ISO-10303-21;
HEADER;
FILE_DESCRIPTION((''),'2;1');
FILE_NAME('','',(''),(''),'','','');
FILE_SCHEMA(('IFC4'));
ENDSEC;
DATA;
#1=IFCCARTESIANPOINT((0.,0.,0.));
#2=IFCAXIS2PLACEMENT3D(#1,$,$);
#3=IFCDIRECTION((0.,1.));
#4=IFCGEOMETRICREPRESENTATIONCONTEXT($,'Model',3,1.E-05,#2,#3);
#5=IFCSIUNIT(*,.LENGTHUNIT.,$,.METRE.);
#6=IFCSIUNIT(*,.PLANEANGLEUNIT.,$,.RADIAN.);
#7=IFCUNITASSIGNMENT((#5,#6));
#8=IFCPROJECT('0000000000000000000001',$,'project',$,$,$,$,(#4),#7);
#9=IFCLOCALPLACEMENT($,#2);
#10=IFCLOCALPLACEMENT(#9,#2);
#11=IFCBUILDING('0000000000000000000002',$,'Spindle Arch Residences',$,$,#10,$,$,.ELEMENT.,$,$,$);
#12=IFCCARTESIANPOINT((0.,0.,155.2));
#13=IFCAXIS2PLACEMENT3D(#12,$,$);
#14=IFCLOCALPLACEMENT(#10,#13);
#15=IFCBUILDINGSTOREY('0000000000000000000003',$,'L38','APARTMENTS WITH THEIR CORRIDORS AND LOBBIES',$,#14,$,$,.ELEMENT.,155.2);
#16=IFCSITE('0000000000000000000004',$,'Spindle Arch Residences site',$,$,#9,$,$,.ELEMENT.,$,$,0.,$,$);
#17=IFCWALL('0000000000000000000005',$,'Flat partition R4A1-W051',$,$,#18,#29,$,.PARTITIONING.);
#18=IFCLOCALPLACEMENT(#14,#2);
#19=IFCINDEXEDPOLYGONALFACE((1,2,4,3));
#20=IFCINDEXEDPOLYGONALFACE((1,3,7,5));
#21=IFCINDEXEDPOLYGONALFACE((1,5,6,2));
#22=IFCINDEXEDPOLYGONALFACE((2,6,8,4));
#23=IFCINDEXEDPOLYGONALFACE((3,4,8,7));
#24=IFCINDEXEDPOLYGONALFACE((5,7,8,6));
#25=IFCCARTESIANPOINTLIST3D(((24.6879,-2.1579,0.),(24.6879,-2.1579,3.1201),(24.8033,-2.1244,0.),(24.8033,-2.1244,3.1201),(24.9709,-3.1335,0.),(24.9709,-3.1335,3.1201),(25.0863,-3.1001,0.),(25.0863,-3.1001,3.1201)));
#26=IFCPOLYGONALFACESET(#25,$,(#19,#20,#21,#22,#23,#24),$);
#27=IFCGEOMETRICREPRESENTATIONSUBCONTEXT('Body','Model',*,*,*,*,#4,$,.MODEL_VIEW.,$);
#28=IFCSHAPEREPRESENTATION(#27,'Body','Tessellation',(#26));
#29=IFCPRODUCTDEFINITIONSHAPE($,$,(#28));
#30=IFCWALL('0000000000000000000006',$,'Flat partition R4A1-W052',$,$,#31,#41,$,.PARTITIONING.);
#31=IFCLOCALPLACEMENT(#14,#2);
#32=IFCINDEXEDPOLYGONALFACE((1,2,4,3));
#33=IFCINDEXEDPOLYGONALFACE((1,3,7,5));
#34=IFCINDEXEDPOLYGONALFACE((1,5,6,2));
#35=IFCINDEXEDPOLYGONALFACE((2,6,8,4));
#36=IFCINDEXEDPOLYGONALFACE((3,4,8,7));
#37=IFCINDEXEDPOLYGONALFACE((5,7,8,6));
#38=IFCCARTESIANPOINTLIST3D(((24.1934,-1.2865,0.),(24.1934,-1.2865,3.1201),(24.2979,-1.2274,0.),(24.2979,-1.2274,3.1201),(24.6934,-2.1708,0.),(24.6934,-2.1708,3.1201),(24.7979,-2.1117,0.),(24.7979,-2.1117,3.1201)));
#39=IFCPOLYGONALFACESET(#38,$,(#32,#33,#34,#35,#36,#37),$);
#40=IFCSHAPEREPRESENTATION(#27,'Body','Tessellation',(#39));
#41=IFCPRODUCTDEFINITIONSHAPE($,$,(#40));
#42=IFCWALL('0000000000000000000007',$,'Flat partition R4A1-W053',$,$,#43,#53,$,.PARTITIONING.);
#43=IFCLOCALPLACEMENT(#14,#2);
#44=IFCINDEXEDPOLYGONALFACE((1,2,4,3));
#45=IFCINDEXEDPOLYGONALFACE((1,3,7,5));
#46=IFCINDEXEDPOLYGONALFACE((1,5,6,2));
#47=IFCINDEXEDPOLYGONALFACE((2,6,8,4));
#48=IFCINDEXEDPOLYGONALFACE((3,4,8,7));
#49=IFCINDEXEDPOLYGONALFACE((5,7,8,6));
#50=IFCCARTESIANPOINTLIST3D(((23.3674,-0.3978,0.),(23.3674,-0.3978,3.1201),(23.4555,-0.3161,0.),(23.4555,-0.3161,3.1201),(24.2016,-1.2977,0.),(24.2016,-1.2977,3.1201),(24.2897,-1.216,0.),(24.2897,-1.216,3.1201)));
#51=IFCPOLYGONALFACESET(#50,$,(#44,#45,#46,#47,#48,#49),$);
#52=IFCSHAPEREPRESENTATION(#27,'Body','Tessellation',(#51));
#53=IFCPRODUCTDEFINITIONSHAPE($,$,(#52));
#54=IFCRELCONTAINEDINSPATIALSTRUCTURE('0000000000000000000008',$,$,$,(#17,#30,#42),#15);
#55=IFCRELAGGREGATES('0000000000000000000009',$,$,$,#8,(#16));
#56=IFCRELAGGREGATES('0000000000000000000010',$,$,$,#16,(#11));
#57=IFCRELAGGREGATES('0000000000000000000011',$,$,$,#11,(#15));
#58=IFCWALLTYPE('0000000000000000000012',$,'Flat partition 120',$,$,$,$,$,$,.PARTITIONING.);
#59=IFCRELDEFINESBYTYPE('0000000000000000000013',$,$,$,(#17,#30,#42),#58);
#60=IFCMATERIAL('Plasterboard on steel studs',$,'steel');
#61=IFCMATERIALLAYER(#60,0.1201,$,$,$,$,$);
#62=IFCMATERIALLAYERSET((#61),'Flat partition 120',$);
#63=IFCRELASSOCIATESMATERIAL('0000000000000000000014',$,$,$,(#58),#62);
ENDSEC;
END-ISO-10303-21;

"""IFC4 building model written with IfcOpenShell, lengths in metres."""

from ifc_helpers import new_model, si_unit, direction, frame, frame_2d, origin, place, context, subcontext, project, spatial, rectangle, extrude, material, layer, layer_set, type_object, element, save


model = new_model("IFC4")

# Units and contexts
model_context = context("Model", 3, precision=1e-05, world=origin(), true_north=direction((0.0, 1.0)))
body_context = subcontext(model_context, "Body", "Model", "MODEL_VIEW")
ifc_project = project(units=[si_unit("LENGTHUNIT", "METRE"), si_unit("PLANEANGLEUNIT", "RADIAN")], contexts=[model_context])

# Site, building, storey
site_placement = place(None, origin())
site = spatial("IfcSite", under=ifc_project, at=site_placement, Name="Spindle Arch Residences site", CompositionType="ELEMENT", RefElevation=0.0)
building_placement = place(site_placement, origin())
building = spatial("IfcBuilding", under=site, at=building_placement, Name="Spindle Arch Residences", CompositionType="ELEMENT")
storey_placement = place(building_placement, frame((0.0, 0.0, 155.2)))
storey = spatial("IfcBuildingStorey", under=building, at=storey_placement, Name="L38", Description="APARTMENTS WITH THEIR CORRIDORS AND LOBBIES", CompositionType="ELEMENT", Elevation=155.2)

# Shared definitions
ifc_material_1 = material(Name="Plasterboard on steel studs", Category="steel")
ifc_layer_1 = layer(ifc_material_1, 0.1201)
ifc_layer_set_1 = layer_set([ifc_layer_1], Name="Flat partition 120")
wall_type = type_object("IfcWallType", Name="Flat partition 120", PredefinedType="PARTITIONING", material=ifc_layer_set_1)

# Walls
for number, where, z_axis, x_axis, name in (
    (1, (25.0286, -3.1167, 0.0), (0.0, 0.0, 1.0), (-0.27856, 0.960419, 0.0), "Flat partition R4A1-W051"),
    (2, (24.7456, -2.1411, 0.0), (0.0, 0.0, 1.0), (-0.4922, 0.870482, 0.0), "Flat partition R4A1-W052"),
):
    element("IfcWall", number, at=place(storey_placement, frame(where, z_axis=z_axis, x_axis=x_axis)), inside=storey, type_object=wall_type, Name=name, PredefinedType="PARTITIONING", context=body_context, shape_type="SweptSolid", body=[
        extrude(rectangle(XDim=1.0159, YDim=0.1201, at=frame_2d((0.5078, 0.0))), origin(), (0.0, 0.0, 1.0), 3.1201),
    ])
wall_1_placement = place(storey_placement, frame((24.2456, -1.2568, 0.0), z_axis=(0.0, 0.0, 1.0), x_axis=(-0.67984, 0.73336, 0.0)))
element("IfcWall", 3, at=wall_1_placement, inside=storey, type_object=wall_type, Name="Flat partition R4A1-W053", PredefinedType="PARTITIONING", context=body_context, shape_type="SweptSolid", body=[
    extrude(rectangle(XDim=1.2271, YDim=0.1201, at=frame_2d((0.6135, 0.0))), origin(), (0.0, 0.0, 1.0), 3.1201),
])

save(model, "model.ifc")
